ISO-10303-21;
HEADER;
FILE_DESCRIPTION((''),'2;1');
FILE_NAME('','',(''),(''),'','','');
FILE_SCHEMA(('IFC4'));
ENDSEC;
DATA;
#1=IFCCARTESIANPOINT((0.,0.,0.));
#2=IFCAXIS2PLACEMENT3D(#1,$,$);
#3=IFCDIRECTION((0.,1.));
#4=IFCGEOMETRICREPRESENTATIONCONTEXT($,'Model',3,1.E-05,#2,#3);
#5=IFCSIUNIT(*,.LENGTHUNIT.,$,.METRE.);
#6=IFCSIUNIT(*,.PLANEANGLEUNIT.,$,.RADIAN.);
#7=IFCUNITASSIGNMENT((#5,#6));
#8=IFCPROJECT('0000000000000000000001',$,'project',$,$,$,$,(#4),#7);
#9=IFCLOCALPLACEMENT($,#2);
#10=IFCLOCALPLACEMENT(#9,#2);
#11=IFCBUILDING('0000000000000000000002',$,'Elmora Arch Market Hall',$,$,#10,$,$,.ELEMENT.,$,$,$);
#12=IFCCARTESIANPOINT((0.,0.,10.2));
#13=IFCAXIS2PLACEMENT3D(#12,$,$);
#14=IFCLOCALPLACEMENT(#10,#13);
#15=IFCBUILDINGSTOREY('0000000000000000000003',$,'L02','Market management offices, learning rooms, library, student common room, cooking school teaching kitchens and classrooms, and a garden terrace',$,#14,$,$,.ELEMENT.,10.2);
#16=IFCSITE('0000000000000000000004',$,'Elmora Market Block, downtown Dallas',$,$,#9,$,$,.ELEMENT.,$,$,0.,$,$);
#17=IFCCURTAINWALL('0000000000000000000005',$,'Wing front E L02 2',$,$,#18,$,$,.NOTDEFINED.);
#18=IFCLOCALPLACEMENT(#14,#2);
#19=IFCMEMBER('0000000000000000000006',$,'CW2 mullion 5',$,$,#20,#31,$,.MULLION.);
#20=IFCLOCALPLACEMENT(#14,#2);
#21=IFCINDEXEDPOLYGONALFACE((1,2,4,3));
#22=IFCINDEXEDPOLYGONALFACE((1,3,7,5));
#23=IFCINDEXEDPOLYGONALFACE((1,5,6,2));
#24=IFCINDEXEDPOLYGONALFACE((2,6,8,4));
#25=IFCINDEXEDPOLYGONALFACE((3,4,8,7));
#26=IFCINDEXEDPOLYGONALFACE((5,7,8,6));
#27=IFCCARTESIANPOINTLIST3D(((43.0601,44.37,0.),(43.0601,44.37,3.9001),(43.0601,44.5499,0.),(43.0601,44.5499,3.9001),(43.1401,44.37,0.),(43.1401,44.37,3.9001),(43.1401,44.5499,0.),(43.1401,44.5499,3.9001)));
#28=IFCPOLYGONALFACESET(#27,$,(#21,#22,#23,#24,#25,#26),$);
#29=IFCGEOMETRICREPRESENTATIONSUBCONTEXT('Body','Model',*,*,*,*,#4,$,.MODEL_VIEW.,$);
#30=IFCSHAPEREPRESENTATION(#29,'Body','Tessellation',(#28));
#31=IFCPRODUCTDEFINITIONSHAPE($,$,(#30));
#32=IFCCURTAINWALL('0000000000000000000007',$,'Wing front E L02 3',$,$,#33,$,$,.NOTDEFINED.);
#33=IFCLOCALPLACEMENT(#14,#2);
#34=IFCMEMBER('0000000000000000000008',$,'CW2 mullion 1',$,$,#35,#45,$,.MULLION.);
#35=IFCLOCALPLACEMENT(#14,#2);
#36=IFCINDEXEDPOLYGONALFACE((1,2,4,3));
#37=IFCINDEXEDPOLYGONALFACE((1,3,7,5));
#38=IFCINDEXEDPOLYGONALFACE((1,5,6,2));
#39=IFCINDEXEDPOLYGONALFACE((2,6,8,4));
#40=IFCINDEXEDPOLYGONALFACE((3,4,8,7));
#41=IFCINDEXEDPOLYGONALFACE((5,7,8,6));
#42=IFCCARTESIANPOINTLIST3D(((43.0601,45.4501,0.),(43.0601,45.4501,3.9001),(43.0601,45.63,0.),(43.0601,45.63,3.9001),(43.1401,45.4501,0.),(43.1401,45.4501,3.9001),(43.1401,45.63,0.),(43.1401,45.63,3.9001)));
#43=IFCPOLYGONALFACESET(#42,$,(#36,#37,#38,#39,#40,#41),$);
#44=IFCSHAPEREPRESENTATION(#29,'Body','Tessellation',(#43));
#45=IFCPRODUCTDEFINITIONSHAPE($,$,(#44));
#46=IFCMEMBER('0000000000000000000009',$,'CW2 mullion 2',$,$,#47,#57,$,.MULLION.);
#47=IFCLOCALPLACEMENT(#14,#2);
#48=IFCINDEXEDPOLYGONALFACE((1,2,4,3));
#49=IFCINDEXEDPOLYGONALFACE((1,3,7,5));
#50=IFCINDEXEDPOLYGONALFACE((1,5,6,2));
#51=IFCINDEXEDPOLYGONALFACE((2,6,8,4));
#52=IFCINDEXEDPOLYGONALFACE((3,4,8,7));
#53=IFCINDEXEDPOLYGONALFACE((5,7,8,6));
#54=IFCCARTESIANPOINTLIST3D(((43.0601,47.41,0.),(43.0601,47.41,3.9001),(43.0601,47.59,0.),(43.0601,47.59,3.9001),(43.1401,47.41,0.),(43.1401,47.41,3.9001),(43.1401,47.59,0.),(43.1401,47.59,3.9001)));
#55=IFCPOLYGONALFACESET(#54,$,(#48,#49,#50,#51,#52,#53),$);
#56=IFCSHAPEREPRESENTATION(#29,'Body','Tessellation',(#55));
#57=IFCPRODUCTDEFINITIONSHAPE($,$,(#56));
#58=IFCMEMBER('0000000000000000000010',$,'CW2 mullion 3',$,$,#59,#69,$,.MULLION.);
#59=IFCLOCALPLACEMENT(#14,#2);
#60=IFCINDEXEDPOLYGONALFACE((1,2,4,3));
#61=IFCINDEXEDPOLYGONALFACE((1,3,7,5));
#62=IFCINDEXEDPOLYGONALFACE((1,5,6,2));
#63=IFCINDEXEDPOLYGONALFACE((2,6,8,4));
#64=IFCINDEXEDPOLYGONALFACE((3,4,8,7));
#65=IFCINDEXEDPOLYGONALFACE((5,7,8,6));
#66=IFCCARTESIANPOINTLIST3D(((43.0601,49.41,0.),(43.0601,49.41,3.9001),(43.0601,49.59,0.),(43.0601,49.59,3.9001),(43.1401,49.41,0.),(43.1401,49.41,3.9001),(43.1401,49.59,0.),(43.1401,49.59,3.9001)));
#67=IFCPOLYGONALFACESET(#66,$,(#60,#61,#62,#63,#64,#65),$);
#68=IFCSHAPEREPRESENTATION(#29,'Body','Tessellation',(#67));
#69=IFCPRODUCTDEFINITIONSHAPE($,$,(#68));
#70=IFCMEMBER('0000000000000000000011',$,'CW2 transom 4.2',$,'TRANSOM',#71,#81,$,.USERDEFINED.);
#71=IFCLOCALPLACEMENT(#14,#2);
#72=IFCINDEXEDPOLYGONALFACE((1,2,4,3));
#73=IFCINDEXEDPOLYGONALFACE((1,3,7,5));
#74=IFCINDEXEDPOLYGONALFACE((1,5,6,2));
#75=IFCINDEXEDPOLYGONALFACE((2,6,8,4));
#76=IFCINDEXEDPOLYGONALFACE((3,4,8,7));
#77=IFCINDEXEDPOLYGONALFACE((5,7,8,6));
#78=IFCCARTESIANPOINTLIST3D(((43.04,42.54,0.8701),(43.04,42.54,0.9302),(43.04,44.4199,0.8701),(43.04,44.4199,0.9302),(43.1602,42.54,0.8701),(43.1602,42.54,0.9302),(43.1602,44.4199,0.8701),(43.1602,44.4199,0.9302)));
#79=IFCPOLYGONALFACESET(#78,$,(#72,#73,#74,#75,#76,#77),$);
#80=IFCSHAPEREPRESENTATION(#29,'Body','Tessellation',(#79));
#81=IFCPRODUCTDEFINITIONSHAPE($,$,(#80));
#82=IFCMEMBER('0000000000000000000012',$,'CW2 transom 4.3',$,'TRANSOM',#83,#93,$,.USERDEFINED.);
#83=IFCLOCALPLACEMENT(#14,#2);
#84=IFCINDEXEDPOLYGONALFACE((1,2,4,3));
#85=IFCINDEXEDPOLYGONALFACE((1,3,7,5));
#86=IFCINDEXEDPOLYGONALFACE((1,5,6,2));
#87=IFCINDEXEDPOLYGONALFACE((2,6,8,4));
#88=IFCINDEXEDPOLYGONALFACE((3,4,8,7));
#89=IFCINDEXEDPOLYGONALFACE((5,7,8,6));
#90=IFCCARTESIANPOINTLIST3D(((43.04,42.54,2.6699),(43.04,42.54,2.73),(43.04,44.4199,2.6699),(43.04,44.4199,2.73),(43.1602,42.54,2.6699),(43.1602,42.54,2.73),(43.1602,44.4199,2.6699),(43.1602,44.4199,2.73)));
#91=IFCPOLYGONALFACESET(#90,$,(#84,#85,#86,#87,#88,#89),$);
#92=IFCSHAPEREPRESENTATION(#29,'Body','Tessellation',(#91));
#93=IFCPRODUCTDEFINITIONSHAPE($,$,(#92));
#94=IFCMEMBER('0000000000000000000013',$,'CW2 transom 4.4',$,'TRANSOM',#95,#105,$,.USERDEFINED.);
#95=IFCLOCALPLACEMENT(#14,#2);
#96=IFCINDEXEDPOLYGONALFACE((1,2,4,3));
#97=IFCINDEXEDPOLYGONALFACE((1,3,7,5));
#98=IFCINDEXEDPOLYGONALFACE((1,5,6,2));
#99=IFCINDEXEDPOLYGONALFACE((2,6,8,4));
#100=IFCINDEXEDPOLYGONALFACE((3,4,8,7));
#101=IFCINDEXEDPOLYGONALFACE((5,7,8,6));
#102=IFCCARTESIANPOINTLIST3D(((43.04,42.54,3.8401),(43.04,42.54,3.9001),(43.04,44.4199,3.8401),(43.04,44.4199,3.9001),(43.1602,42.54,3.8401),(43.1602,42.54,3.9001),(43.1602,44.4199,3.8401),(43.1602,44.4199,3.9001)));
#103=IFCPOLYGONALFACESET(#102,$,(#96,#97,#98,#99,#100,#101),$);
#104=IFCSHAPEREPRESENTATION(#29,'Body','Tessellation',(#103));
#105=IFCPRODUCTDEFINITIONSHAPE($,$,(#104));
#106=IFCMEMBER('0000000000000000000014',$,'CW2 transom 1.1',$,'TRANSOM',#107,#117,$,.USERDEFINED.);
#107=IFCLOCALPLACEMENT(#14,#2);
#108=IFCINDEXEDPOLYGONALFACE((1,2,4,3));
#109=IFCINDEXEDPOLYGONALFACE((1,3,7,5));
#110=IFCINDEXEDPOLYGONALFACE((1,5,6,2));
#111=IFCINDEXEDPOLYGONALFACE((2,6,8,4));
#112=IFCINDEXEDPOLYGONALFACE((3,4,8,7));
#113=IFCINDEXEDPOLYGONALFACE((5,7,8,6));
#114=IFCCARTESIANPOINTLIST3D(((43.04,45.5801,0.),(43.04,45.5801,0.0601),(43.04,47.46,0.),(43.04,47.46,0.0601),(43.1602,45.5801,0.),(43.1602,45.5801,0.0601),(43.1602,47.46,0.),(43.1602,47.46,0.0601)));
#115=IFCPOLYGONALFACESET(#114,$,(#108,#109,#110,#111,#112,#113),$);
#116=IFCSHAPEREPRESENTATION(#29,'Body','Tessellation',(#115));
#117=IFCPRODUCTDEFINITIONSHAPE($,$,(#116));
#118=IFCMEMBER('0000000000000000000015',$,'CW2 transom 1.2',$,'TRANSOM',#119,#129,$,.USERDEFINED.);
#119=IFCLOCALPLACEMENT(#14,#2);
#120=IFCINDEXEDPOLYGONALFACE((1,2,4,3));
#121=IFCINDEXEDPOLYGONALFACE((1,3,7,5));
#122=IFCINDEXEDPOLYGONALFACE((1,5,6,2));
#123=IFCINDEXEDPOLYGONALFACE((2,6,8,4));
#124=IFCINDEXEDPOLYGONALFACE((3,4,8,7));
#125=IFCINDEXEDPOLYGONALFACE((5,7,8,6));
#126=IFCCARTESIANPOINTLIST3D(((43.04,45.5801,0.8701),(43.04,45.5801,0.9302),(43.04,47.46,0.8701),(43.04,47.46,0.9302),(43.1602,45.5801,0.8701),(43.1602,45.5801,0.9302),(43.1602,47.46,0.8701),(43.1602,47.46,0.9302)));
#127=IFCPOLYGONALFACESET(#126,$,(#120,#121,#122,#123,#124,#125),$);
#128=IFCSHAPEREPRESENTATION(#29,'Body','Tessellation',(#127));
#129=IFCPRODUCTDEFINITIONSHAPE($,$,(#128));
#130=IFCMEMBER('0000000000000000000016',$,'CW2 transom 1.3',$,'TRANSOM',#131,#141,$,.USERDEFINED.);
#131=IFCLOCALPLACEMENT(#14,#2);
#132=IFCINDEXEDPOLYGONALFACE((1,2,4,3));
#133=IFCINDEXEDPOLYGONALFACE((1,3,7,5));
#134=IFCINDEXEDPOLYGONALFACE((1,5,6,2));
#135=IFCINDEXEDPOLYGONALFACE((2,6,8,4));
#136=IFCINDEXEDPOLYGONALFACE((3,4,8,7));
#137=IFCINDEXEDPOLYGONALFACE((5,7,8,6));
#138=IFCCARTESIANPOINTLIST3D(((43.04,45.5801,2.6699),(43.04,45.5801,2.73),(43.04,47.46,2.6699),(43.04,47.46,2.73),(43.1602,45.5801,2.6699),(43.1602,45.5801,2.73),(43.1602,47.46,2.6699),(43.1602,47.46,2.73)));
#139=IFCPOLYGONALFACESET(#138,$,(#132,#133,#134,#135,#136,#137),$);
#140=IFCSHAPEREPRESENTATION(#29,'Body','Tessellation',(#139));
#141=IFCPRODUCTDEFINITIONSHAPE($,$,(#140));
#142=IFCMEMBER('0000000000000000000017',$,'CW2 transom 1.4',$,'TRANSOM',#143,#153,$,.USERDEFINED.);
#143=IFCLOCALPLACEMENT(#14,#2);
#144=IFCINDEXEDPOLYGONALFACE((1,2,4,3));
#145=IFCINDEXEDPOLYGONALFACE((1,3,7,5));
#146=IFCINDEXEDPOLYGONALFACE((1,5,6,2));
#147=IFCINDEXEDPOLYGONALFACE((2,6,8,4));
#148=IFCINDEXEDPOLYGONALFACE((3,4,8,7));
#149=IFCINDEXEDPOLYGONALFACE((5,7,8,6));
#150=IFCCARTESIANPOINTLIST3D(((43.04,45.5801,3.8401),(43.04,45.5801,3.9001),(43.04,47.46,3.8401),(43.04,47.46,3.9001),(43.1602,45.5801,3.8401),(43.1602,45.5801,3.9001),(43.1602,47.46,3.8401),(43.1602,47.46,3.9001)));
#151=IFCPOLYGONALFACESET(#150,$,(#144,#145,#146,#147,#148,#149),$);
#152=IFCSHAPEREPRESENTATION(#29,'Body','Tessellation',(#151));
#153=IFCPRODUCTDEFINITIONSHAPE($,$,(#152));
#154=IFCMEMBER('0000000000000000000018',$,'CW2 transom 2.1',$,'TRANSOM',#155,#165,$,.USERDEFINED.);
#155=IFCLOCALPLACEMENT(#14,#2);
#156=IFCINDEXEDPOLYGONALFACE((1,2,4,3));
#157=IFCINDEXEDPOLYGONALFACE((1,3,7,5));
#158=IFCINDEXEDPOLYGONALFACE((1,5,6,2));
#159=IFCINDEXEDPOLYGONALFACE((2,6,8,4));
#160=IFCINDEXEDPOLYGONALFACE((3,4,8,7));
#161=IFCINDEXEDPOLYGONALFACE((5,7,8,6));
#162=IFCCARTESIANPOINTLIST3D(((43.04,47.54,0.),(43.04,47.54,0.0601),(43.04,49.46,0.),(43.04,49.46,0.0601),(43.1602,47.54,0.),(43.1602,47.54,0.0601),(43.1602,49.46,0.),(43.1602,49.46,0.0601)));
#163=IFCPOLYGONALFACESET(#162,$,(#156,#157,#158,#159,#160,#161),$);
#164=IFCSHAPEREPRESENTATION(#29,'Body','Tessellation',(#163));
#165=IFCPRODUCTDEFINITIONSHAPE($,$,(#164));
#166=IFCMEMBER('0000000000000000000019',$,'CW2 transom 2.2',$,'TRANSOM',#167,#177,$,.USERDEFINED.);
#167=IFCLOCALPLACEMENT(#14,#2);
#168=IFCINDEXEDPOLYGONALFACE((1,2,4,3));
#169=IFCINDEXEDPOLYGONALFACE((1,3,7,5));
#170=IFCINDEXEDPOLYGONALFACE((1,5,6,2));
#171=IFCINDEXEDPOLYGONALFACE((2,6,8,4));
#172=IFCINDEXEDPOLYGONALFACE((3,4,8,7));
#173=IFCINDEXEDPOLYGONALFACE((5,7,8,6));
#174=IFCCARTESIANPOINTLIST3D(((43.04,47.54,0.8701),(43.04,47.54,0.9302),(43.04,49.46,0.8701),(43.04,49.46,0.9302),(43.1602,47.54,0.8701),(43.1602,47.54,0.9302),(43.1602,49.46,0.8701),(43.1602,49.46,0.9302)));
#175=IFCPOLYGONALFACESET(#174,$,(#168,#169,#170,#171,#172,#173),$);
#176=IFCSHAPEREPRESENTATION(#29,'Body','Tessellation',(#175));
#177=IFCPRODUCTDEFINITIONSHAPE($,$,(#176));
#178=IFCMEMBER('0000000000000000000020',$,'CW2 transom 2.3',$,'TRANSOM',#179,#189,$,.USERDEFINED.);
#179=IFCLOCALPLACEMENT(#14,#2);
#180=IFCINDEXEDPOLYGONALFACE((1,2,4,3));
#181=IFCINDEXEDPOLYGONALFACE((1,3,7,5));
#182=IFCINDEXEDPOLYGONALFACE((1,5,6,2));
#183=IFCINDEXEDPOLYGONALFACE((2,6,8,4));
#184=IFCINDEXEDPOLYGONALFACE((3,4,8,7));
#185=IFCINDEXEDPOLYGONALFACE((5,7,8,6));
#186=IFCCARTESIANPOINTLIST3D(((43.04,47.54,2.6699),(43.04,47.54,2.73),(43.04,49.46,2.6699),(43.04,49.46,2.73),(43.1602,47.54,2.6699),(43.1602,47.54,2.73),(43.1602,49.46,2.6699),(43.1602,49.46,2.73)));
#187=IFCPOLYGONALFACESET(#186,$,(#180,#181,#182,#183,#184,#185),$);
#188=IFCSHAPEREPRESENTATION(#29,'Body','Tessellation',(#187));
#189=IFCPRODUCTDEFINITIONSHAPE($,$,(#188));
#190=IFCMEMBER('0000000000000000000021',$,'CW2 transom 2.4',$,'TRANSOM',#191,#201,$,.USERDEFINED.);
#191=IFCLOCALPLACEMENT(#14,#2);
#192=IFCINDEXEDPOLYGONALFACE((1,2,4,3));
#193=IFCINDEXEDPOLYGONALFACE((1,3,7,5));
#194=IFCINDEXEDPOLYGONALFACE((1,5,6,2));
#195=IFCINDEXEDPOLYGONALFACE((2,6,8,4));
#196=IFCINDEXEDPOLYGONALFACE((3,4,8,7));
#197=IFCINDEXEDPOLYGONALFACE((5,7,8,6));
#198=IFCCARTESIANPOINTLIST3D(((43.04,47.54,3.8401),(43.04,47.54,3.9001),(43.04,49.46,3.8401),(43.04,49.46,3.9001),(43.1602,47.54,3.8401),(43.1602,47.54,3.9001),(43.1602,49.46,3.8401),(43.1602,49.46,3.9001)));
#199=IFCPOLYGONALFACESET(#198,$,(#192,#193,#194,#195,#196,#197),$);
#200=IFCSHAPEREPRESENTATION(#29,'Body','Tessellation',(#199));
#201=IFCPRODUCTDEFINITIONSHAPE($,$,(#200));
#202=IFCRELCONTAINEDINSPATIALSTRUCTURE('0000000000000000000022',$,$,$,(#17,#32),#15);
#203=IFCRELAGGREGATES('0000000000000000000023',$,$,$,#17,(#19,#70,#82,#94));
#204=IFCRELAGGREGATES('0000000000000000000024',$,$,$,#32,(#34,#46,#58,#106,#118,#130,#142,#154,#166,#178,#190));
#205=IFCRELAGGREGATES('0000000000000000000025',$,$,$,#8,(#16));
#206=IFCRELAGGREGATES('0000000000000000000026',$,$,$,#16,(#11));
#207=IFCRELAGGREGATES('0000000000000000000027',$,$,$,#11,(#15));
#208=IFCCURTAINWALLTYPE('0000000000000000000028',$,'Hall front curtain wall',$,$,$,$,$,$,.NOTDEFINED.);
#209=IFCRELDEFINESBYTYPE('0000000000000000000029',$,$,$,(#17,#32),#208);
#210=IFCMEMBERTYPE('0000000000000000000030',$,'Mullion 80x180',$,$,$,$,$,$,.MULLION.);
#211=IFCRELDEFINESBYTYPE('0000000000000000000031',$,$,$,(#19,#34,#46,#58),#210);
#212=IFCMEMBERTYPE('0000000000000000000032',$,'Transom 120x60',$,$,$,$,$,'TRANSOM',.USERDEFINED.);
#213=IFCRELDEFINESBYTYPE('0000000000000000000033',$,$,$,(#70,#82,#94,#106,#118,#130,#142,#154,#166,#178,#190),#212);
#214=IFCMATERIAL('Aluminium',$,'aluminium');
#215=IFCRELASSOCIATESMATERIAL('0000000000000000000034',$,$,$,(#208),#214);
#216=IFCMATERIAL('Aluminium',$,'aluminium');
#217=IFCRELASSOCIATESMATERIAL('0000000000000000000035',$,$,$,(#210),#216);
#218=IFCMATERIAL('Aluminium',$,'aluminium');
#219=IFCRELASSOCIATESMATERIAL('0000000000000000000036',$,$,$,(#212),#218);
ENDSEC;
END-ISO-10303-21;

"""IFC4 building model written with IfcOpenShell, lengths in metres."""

from ifc_helpers import new_model, si_unit, direction, frame, origin, origin_2d, place, context, subcontext, project, spatial, rectangle, extrude, material, material_profile, profile_set, type_object, element, aggregate, save


model = new_model("IFC4")

# Units and contexts
model_context = context("Model", 3, precision=1e-05, world=origin(), true_north=direction((0.0, 1.0)))
body_context = subcontext(model_context, "Body", "Model", "MODEL_VIEW")
ifc_project = project(units=[si_unit("LENGTHUNIT", "METRE"), si_unit("PLANEANGLEUNIT", "RADIAN")], contexts=[model_context])

# Site, building, storey
site_placement = place(None, origin())
site = spatial("IfcSite", under=ifc_project, at=site_placement, Name="Elmora Market Block, downtown Dallas", CompositionType="ELEMENT", RefElevation=0.0)
building_placement = place(site_placement, origin())
building = spatial("IfcBuilding", under=site, at=building_placement, Name="Elmora Arch Market Hall", CompositionType="ELEMENT")
storey_placement = place(building_placement, frame((0.0, 0.0, 10.2)))
storey = spatial("IfcBuildingStorey", under=building, at=storey_placement, Name="L02", Description="Market management offices, learning rooms, library, student common room, cooking school teaching kitchens and classrooms, and a garden terrace", CompositionType="ELEMENT", Elevation=10.2)

# Curtain wall, member
ifc_material_1 = material(Name="Aluminium", Category="aluminium")
curtain_wall_type = type_object("IfcCurtainWallType", Name="Hall front curtain wall", PredefinedType="NOTDEFINED", material=ifc_material_1)
curtain_wall_1_placement = place(storey_placement, origin())
curtain_wall_1 = element("IfcCurtainWall", 1, at=curtain_wall_1_placement, inside=storey, type_object=curtain_wall_type, Name="Wing front E L02 2", PredefinedType="NOTDEFINED")
ifc_material_2 = material(Name="Aluminium", Category="aluminium")
ifc_material_profile_1 = material_profile(ifc_material_2, rectangle(XDim=0.0801, YDim=0.1799, at=origin_2d()), Name="AL 80x180")
ifc_profile_set_1 = profile_set([ifc_material_profile_1], Name="Aluminium")
member_type_1 = type_object("IfcMemberType", Name="Mullion 80x180", PredefinedType="MULLION", material=ifc_profile_set_1)
member_1_placement = place(storey_placement, frame((43.1001, 44.46, 0.0), z_axis=(0.0, 0.0, 1.0), x_axis=(-1.0, 0.0, 0.0)))
member_1 = element("IfcMember", 2, at=member_1_placement, type_object=member_type_1, Name="CW2 mullion 5", PredefinedType="MULLION", context=body_context, shape_type="SweptSolid", body=[
    extrude(rectangle(XDim=0.0801, YDim=0.1799, at=origin_2d()), origin(), (0.0, 0.0, 1.0), 3.9001),
])

# Curtain wall, members
curtain_wall_2_placement = place(storey_placement, origin())
curtain_wall_2 = element("IfcCurtainWall", 3, at=curtain_wall_2_placement, inside=storey, type_object=curtain_wall_type, Name="Wing front E L02 3", PredefinedType="NOTDEFINED")
member_2_placement = place(storey_placement, frame((43.1001, 45.54, 0.0), z_axis=(0.0, 0.0, 1.0), x_axis=(-1.0, 0.0, 0.0)))
member_2 = element("IfcMember", 4, at=member_2_placement, type_object=member_type_1, Name="CW2 mullion 1", PredefinedType="MULLION", context=body_context, shape_type="SweptSolid", body=[
    extrude(rectangle(XDim=0.0801, YDim=0.1799, at=origin_2d()), origin(), (0.0, 0.0, 1.0), 3.9001),
])
member_3_placement = place(storey_placement, frame((43.1001, 47.5, 0.0), z_axis=(0.0, 0.0, 1.0), x_axis=(-1.0, 0.0, 0.0)))
member_3 = element("IfcMember", 5, at=member_3_placement, type_object=member_type_1, Name="CW2 mullion 2", PredefinedType="MULLION", context=body_context, shape_type="SweptSolid", body=[
    extrude(rectangle(XDim=0.0801, YDim=0.1799, at=origin_2d()), origin(), (0.0, 0.0, 1.0), 3.9001),
])
member_4_placement = place(storey_placement, frame((43.1001, 49.5, 0.0), z_axis=(0.0, 0.0, 1.0), x_axis=(-1.0, 0.0, 0.0)))
member_4 = element("IfcMember", 6, at=member_4_placement, type_object=member_type_1, Name="CW2 mullion 3", PredefinedType="MULLION", context=body_context, shape_type="SweptSolid", body=[
    extrude(rectangle(XDim=0.0801, YDim=0.1799, at=origin_2d()), origin(), (0.0, 0.0, 1.0), 3.9001),
])

# Members
ifc_material_3 = material(Name="Aluminium", Category="aluminium")
ifc_material_profile_2 = material_profile(ifc_material_3, rectangle(XDim=0.1201, YDim=0.0601, at=origin_2d()), Name="AL 120x60")
ifc_profile_set_2 = profile_set([ifc_material_profile_2], Name="Aluminium")
member_type_2 = type_object("IfcMemberType", Name="Transom 120x60", ElementType="TRANSOM", PredefinedType="USERDEFINED", material=ifc_profile_set_2)
member_5_placement = place(storey_placement, frame((43.1001, 42.54, 0.9001), z_axis=(0.0, 1.0, 0.0), x_axis=(-1.0, 0.0, 0.0)))
member_5 = element("IfcMember", 7, at=member_5_placement, type_object=member_type_2, Name="CW2 transom 4.2", ObjectType="TRANSOM", PredefinedType="USERDEFINED", context=body_context, shape_type="SweptSolid", body=[
    extrude(rectangle(XDim=0.1201, YDim=0.0601, at=origin_2d()), origin(), (0.0, 0.0, 1.0), 1.8799),
])
member_6_placement = place(storey_placement, frame((43.1001, 42.54, 2.7), z_axis=(0.0, 1.0, 0.0), x_axis=(-1.0, 0.0, 0.0)))
member_6 = element("IfcMember", 8, at=member_6_placement, type_object=member_type_2, Name="CW2 transom 4.3", ObjectType="TRANSOM", PredefinedType="USERDEFINED", context=body_context, shape_type="SweptSolid", body=[
    extrude(rectangle(XDim=0.1201, YDim=0.0601, at=origin_2d()), origin(), (0.0, 0.0, 1.0), 1.8799),
])
member_7_placement = place(storey_placement, frame((43.1001, 42.54, 3.8701), z_axis=(0.0, 1.0, 0.0), x_axis=(-1.0, 0.0, 0.0)))
member_7 = element("IfcMember", 9, at=member_7_placement, type_object=member_type_2, Name="CW2 transom 4.4", ObjectType="TRANSOM", PredefinedType="USERDEFINED", context=body_context, shape_type="SweptSolid", body=[
    extrude(rectangle(XDim=0.1201, YDim=0.0601, at=origin_2d()), origin(), (0.0, 0.0, 1.0), 1.8799),
])
member_8_placement = place(storey_placement, frame((43.1001, 45.5801, 0.03), z_axis=(0.0, 1.0, 0.0), x_axis=(-1.0, 0.0, 0.0)))
member_8 = element("IfcMember", 10, at=member_8_placement, type_object=member_type_2, Name="CW2 transom 1.1", ObjectType="TRANSOM", PredefinedType="USERDEFINED", context=body_context, shape_type="SweptSolid", body=[
    extrude(rectangle(XDim=0.1201, YDim=0.0601, at=origin_2d()), origin(), (0.0, 0.0, 1.0), 1.8799),
])
member_9_placement = place(storey_placement, frame((43.1001, 45.5801, 0.9001), z_axis=(0.0, 1.0, 0.0), x_axis=(-1.0, 0.0, 0.0)))
member_9 = element("IfcMember", 11, at=member_9_placement, type_object=member_type_2, Name="CW2 transom 1.2", ObjectType="TRANSOM", PredefinedType="USERDEFINED", context=body_context, shape_type="SweptSolid", body=[
    extrude(rectangle(XDim=0.1201, YDim=0.0601, at=origin_2d()), origin(), (0.0, 0.0, 1.0), 1.8799),
])
member_10_placement = place(storey_placement, frame((43.1001, 45.5801, 2.7), z_axis=(0.0, 1.0, 0.0), x_axis=(-1.0, 0.0, 0.0)))
member_10 = element("IfcMember", 12, at=member_10_placement, type_object=member_type_2, Name="CW2 transom 1.3", ObjectType="TRANSOM", PredefinedType="USERDEFINED", context=body_context, shape_type="SweptSolid", body=[
    extrude(rectangle(XDim=0.1201, YDim=0.0601, at=origin_2d()), origin(), (0.0, 0.0, 1.0), 1.8799),
])
member_11_placement = place(storey_placement, frame((43.1001, 45.5801, 3.8701), z_axis=(0.0, 1.0, 0.0), x_axis=(-1.0, 0.0, 0.0)))
member_11 = element("IfcMember", 13, at=member_11_placement, type_object=member_type_2, Name="CW2 transom 1.4", ObjectType="TRANSOM", PredefinedType="USERDEFINED", context=body_context, shape_type="SweptSolid", body=[
    extrude(rectangle(XDim=0.1201, YDim=0.0601, at=origin_2d()), origin(), (0.0, 0.0, 1.0), 1.8799),
])
member_12_placement = place(storey_placement, frame((43.1001, 47.54, 0.03), z_axis=(0.0, 1.0, 0.0), x_axis=(-1.0, 0.0, 0.0)))
member_12 = element("IfcMember", 14, at=member_12_placement, type_object=member_type_2, Name="CW2 transom 2.1", ObjectType="TRANSOM", PredefinedType="USERDEFINED", context=body_context, shape_type="SweptSolid", body=[
    extrude(rectangle(XDim=0.1201, YDim=0.0601, at=origin_2d()), origin(), (0.0, 0.0, 1.0), 1.9199),
])
member_13_placement = place(storey_placement, frame((43.1001, 47.54, 0.9001), z_axis=(0.0, 1.0, 0.0), x_axis=(-1.0, 0.0, 0.0)))
member_13 = element("IfcMember", 15, at=member_13_placement, type_object=member_type_2, Name="CW2 transom 2.2", ObjectType="TRANSOM", PredefinedType="USERDEFINED", context=body_context, shape_type="SweptSolid", body=[
    extrude(rectangle(XDim=0.1201, YDim=0.0601, at=origin_2d()), origin(), (0.0, 0.0, 1.0), 1.9199),
])
member_14_placement = place(storey_placement, frame((43.1001, 47.54, 2.7), z_axis=(0.0, 1.0, 0.0), x_axis=(-1.0, 0.0, 0.0)))
member_14 = element("IfcMember", 16, at=member_14_placement, type_object=member_type_2, Name="CW2 transom 2.3", ObjectType="TRANSOM", PredefinedType="USERDEFINED", context=body_context, shape_type="SweptSolid", body=[
    extrude(rectangle(XDim=0.1201, YDim=0.0601, at=origin_2d()), origin(), (0.0, 0.0, 1.0), 1.9199),
])
member_15_placement = place(storey_placement, frame((43.1001, 47.54, 3.8701), z_axis=(0.0, 1.0, 0.0), x_axis=(-1.0, 0.0, 0.0)))
member_15 = element("IfcMember", 17, at=member_15_placement, type_object=member_type_2, Name="CW2 transom 2.4", ObjectType="TRANSOM", PredefinedType="USERDEFINED", context=body_context, shape_type="SweptSolid", body=[
    extrude(rectangle(XDim=0.1201, YDim=0.0601, at=origin_2d()), origin(), (0.0, 0.0, 1.0), 1.9199),
])

aggregate(curtain_wall_1, [member_1, member_5, member_6, member_7])
aggregate(curtain_wall_2, [member_2, member_3, member_4, member_8, member_9, member_10, member_11, member_12, member_13, member_14, member_15])

save(model, "model.ifc")
